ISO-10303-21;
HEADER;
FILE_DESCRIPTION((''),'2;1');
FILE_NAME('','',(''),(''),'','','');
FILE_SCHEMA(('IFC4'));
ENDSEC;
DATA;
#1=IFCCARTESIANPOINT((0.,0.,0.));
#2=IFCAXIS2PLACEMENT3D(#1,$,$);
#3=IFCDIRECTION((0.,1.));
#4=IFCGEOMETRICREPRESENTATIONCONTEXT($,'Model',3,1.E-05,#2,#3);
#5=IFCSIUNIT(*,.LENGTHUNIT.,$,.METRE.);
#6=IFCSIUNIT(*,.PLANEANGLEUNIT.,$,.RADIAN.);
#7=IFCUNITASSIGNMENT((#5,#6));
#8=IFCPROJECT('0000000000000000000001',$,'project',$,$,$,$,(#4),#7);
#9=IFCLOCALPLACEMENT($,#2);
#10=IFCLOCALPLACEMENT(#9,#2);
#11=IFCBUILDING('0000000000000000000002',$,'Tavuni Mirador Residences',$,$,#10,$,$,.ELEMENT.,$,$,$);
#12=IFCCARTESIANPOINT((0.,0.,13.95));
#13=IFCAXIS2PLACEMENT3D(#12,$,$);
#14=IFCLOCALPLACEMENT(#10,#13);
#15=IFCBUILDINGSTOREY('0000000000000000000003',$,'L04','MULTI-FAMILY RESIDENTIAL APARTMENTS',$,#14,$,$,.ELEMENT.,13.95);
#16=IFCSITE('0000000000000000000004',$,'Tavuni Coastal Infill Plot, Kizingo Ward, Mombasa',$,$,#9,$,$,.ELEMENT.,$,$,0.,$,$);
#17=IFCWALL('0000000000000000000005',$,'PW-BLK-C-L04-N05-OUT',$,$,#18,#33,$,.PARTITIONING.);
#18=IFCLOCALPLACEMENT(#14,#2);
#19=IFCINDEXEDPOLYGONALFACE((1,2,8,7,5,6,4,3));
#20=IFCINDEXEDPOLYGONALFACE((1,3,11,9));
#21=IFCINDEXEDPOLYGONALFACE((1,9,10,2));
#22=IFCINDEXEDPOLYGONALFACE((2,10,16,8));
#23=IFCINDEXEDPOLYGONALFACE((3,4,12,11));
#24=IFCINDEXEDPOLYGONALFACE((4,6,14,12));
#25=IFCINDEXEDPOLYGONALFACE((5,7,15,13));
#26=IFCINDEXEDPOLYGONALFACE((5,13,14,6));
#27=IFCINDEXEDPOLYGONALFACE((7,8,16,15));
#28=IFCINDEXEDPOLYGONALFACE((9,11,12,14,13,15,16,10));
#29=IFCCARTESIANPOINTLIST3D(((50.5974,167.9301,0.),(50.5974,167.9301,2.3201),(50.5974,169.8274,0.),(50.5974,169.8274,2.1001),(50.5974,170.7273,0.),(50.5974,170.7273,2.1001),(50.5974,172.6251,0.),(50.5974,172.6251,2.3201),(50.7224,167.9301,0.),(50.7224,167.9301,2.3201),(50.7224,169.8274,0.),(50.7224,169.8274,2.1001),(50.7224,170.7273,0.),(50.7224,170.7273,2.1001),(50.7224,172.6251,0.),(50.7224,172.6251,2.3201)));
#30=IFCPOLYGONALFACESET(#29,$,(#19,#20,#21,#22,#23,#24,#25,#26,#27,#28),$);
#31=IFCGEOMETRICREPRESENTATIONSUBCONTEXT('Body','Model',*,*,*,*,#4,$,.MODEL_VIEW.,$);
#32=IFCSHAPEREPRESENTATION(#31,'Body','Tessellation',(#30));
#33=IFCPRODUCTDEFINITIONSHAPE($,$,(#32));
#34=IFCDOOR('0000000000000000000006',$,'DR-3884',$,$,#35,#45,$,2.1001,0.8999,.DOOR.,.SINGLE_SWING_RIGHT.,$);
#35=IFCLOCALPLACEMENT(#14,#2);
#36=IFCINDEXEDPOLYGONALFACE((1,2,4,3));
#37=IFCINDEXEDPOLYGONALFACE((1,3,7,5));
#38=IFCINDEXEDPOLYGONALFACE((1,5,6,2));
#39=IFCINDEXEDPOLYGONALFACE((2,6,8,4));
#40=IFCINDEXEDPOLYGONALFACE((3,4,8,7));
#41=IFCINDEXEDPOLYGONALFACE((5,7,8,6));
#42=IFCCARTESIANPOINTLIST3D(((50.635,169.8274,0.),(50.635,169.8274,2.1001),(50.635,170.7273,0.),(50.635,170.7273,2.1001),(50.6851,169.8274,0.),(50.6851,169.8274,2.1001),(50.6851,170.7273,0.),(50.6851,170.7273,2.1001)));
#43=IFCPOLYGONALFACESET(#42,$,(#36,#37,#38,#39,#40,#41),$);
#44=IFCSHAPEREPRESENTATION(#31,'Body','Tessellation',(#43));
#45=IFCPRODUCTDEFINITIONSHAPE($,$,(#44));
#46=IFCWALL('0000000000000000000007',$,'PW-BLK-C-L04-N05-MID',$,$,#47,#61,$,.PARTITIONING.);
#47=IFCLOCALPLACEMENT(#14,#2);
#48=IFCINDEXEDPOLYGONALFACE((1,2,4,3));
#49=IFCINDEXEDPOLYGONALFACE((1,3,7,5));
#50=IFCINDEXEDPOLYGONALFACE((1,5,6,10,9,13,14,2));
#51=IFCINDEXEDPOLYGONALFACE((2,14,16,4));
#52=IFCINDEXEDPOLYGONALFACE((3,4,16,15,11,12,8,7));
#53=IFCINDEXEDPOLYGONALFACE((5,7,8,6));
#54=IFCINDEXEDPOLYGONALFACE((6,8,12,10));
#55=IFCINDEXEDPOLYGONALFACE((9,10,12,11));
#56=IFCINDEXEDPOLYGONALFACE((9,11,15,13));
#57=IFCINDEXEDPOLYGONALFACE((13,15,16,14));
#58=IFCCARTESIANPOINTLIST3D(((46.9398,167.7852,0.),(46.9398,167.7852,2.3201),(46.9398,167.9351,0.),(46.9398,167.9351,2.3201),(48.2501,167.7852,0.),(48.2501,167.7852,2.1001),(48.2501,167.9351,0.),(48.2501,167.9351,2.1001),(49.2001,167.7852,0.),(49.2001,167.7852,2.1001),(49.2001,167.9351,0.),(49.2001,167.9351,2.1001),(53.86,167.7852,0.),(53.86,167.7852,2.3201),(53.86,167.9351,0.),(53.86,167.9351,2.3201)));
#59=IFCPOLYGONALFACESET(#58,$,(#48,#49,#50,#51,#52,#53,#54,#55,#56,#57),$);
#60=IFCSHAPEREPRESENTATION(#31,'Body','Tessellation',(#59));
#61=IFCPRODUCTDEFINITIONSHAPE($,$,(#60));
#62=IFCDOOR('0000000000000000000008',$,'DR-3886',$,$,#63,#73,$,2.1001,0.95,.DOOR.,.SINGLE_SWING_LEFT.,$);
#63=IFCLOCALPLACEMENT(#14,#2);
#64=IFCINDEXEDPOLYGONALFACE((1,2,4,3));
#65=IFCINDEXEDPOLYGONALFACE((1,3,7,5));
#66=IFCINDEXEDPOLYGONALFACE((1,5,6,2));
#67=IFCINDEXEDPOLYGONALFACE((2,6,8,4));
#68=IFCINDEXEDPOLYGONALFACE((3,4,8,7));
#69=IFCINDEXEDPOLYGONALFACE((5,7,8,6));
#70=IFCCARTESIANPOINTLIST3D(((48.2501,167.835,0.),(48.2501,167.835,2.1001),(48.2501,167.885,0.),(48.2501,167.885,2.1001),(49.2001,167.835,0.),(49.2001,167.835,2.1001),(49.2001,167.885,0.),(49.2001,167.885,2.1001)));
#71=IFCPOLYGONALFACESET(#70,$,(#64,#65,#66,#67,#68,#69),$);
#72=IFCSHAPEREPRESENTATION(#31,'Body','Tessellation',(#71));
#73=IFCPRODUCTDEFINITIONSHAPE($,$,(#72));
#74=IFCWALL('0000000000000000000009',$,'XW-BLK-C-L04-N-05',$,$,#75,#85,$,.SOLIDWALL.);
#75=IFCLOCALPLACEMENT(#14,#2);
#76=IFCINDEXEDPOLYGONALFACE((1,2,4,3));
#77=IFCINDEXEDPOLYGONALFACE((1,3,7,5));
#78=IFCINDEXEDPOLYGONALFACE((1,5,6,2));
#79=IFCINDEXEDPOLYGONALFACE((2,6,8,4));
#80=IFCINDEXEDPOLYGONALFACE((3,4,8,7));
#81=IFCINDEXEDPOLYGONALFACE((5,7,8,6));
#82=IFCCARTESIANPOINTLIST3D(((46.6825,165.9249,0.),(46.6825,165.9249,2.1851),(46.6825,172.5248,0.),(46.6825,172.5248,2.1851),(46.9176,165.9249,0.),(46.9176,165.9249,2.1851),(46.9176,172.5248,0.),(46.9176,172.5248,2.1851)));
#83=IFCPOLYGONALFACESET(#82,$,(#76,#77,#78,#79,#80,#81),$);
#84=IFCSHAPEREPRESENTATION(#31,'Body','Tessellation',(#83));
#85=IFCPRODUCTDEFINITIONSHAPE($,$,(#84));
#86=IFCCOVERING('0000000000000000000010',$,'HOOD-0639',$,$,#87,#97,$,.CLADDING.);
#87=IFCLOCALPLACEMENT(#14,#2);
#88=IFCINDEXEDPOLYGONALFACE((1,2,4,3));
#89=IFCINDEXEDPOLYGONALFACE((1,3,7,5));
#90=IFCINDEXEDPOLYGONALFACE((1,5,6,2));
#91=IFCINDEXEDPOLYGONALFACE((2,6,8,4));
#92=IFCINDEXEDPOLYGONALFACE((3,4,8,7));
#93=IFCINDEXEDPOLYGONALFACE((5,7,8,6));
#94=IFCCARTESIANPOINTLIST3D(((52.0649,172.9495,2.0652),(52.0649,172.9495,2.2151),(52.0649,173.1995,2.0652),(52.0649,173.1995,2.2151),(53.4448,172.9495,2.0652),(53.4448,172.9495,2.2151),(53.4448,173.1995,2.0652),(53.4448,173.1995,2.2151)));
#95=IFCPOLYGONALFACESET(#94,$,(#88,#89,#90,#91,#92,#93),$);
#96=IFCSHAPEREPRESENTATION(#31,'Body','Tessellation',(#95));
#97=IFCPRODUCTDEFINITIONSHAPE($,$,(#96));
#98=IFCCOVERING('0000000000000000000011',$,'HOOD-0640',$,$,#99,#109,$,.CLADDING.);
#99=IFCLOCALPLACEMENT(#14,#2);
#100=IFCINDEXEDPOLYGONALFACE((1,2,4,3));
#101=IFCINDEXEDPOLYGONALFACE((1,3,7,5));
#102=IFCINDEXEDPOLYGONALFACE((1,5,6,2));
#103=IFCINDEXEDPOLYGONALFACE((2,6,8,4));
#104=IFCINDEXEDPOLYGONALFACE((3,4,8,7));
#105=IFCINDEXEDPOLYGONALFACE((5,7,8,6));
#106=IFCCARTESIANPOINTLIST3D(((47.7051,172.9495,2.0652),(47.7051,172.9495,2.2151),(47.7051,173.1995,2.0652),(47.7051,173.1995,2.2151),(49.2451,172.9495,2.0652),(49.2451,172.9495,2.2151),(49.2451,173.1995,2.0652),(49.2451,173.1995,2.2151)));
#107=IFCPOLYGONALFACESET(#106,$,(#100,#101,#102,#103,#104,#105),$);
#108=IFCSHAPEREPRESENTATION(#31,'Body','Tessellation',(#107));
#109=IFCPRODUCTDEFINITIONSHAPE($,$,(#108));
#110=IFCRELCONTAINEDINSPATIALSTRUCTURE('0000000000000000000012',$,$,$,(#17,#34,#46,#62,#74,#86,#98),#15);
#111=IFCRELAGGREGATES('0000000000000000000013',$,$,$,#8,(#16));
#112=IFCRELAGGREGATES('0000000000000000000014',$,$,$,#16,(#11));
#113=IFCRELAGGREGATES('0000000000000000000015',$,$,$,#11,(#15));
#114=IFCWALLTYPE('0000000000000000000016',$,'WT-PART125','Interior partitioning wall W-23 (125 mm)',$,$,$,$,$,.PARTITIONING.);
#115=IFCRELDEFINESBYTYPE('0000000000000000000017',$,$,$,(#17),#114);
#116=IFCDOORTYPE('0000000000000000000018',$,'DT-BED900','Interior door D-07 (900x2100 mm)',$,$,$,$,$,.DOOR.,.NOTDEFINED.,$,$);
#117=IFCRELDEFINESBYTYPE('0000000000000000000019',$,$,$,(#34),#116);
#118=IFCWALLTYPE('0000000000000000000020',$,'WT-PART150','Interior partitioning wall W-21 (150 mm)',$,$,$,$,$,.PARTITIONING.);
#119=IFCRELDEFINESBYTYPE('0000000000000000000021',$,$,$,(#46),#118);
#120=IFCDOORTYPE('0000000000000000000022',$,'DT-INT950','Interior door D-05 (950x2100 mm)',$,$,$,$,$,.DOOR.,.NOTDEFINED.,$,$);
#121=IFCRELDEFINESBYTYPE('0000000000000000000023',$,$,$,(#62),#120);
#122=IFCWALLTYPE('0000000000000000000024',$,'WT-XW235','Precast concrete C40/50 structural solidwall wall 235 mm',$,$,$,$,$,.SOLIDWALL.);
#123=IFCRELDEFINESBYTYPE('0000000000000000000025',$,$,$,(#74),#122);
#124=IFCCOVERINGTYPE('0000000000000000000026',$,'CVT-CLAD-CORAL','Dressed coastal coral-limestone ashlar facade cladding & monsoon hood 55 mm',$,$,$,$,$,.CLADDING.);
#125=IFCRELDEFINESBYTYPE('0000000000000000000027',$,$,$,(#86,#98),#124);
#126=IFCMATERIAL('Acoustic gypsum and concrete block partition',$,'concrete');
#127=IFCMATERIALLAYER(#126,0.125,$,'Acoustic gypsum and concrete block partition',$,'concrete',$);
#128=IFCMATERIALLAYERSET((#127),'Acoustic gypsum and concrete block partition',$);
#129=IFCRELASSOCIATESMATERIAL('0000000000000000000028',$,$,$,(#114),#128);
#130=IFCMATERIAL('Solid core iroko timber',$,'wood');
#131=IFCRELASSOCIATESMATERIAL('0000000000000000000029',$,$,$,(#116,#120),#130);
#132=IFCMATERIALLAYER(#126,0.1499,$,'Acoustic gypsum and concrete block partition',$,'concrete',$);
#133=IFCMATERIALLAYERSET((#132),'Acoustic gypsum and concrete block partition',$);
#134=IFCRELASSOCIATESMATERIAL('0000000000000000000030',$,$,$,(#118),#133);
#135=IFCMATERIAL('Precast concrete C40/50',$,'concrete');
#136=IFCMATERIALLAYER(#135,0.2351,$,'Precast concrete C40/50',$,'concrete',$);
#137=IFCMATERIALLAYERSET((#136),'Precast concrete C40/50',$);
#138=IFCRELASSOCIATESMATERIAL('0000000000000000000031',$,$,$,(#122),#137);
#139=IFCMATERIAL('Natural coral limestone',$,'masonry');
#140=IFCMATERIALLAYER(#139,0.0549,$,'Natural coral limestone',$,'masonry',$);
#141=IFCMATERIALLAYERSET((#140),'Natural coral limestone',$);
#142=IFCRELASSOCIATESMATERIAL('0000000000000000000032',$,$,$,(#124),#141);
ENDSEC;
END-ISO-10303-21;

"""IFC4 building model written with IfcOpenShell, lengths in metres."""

from ifc_helpers import new_model, si_unit, direction, frame, frame_2d, origin, origin_2d, place, context, subcontext, project, spatial, rectangle, extrude, material, layer, layer_set, type_object, element, fill, save


model = new_model("IFC4")

# Units and contexts
model_context = context("Model", 3, precision=1e-05, world=origin(), true_north=direction((0.0, 1.0)))
body_context = subcontext(model_context, "Body", "Model", "MODEL_VIEW")
ifc_project = project(units=[si_unit("LENGTHUNIT", "METRE"), si_unit("PLANEANGLEUNIT", "RADIAN")], contexts=[model_context])

# Site, building, storey
site_placement = place(None, origin())
site = spatial("IfcSite", under=ifc_project, at=site_placement, Name="Tavuni Coastal Infill Plot, Kizingo Ward, Mombasa", CompositionType="ELEMENT", RefElevation=0.0)
building_placement = place(site_placement, origin())
building = spatial("IfcBuilding", under=site, at=building_placement, Name="Tavuni Mirador Residences", CompositionType="ELEMENT")
storey_placement = place(building_placement, frame((0.0, 0.0, 13.95)))
storey = spatial("IfcBuildingStorey", under=building, at=storey_placement, Name="L04", Description="MULTI-FAMILY RESIDENTIAL APARTMENTS", CompositionType="ELEMENT", Elevation=13.95)

# Shared definitions
ifc_material_1 = material(Name="Precast concrete C40/50", Category="concrete")

# Shared definitions
ifc_material_2 = material(Name="Solid core iroko timber", Category="wood")

# Walls, openings, doors
ifc_material_3 = material(Name="Acoustic gypsum and concrete block partition", Category="concrete")
ifc_layer_1 = layer(ifc_material_3, 0.125, Name="Acoustic gypsum and concrete block partition", Category="concrete")
ifc_layer_set_1 = layer_set([ifc_layer_1], Name="Acoustic gypsum and concrete block partition")
wall_type_1 = type_object("IfcWallType", Name="WT-PART125", Description="Interior partitioning wall W-23 (125 mm)", PredefinedType="PARTITIONING", material=ifc_layer_set_1)
wall_1_placement = place(storey_placement, frame((50.6599, 167.9299, 0.0), z_axis=(0.0, 0.0, 1.0), x_axis=(0.0, 1.0, 0.0)))
wall_1 = element("IfcWall", 1, at=wall_1_placement, inside=storey, type_object=wall_type_1, Name="PW-BLK-C-L04-N05-OUT", PredefinedType="PARTITIONING", context=body_context, shape_type="SweptSolid", body=[
    extrude(rectangle(XDim=4.6951, YDim=0.125, at=frame_2d((2.3477, 0.0))), origin(), (0.0, 0.0, 1.0), 2.3201),
])
opening_1_placement = place(wall_1_placement, frame((1.8975, 0.0, 0.0)))
opening_1 = element("IfcOpeningElement", 2, at=opening_1_placement, cuts=wall_1, PredefinedType="OPENING", context=body_context, shape_type="SweptSolid", body=[
    extrude(rectangle(XDim=0.8999, YDim=2.1001, at=frame_2d((0.45, 1.05))), frame((0.0, 0.0725, 0.0), z_axis=(0.0, -1.0, 0.0), x_axis=(1.0, 0.0, 0.0)), (0.0, 0.0, 1.0), 0.145),
])
door_type_1 = type_object("IfcDoorType", Name="DT-BED900", Description="Interior door D-07 (900x2100 mm)", OperationType="NOTDEFINED", PredefinedType="DOOR", material=ifc_material_2)
door_1_placement = place(opening_1_placement, origin())
door_1 = element("IfcDoor", 3, at=door_1_placement, inside=storey, type_object=door_type_1, Name="DR-3884", OperationType="SINGLE_SWING_RIGHT", OverallHeight=2.1001, OverallWidth=0.8999, PredefinedType="DOOR", context=body_context, shape_type="SweptSolid", body=[
    extrude(rectangle(XDim=0.8999, YDim=2.1001, at=frame_2d((0.45, 1.05))), frame((0.0, 0.0249, 0.0), z_axis=(0.0, -1.0, 0.0), x_axis=(1.0, 0.0, 0.0)), (0.0, 0.0, 1.0), 0.05),
])
fill(opening_1, door_1)
ifc_layer_2 = layer(ifc_material_3, 0.1499, Name="Acoustic gypsum and concrete block partition", Category="concrete")
ifc_layer_set_2 = layer_set([ifc_layer_2], Name="Acoustic gypsum and concrete block partition")
wall_type_2 = type_object("IfcWallType", Name="WT-PART150", Description="Interior partitioning wall W-21 (150 mm)", PredefinedType="PARTITIONING", material=ifc_layer_set_2)
wall_2_placement = place(storey_placement, frame((46.9399, 167.8601, 0.0), z_axis=(0.0, 0.0, 1.0), x_axis=(1.0, 0.0, 0.0)))
wall_2 = element("IfcWall", 4, at=wall_2_placement, inside=storey, type_object=wall_type_2, Name="PW-BLK-C-L04-N05-MID", PredefinedType="PARTITIONING", context=body_context, shape_type="SweptSolid", body=[
    extrude(rectangle(XDim=6.9202, YDim=0.1499, at=frame_2d((3.46, 0.0))), origin(), (0.0, 0.0, 1.0), 2.3201),
])
opening_2_placement = place(wall_2_placement, frame((1.3101, 0.0, 0.0)))
opening_2 = element("IfcOpeningElement", 5, at=opening_2_placement, cuts=wall_2, PredefinedType="OPENING", context=body_context, shape_type="SweptSolid", body=[
    extrude(rectangle(XDim=0.95, YDim=2.1001, at=frame_2d((0.4751, 1.05))), frame((0.0, 0.085, 0.0), z_axis=(0.0, -1.0, 0.0), x_axis=(1.0, 0.0, 0.0)), (0.0, 0.0, 1.0), 0.1699),
])
door_type_2 = type_object("IfcDoorType", Name="DT-INT950", Description="Interior door D-05 (950x2100 mm)", OperationType="NOTDEFINED", PredefinedType="DOOR", material=ifc_material_2)
door_2_placement = place(opening_2_placement, origin())
door_2 = element("IfcDoor", 6, at=door_2_placement, inside=storey, type_object=door_type_2, Name="DR-3886", OperationType="SINGLE_SWING_LEFT", OverallHeight=2.1001, OverallWidth=0.95, PredefinedType="DOOR", context=body_context, shape_type="SweptSolid", body=[
    extrude(rectangle(XDim=0.95, YDim=2.1001, at=frame_2d((0.4751, 1.05))), frame((0.0, 0.0249, 0.0), z_axis=(0.0, -1.0, 0.0), x_axis=(1.0, 0.0, 0.0)), (0.0, 0.0, 1.0), 0.05),
])
fill(opening_2, door_2)

# Wall
ifc_layer_3 = layer(ifc_material_1, 0.2351, Name="Precast concrete C40/50", Category="concrete")
ifc_layer_set_3 = layer_set([ifc_layer_3], Name="Precast concrete C40/50")
wall_type_3 = type_object("IfcWallType", Name="WT-XW235", Description="Precast concrete C40/50 structural solidwall wall 235 mm", PredefinedType="SOLIDWALL", material=ifc_layer_set_3)
wall_3_placement = place(storey_placement, frame((46.8, 165.925, 0.0), z_axis=(0.0, 0.0, 1.0), x_axis=(0.0, 1.0, 0.0)))
element("IfcWall", 7, at=wall_3_placement, inside=storey, type_object=wall_type_3, Name="XW-BLK-C-L04-N-05", PredefinedType="SOLIDWALL", context=body_context, shape_type="SweptSolid", body=[
    extrude(rectangle(XDim=6.5999, YDim=0.2351, at=frame_2d((3.2998, 0.0))), origin(), (0.0, 0.0, 1.0), 2.1851),
])

# Coverings
ifc_material_4 = material(Name="Natural coral limestone", Category="masonry")
ifc_layer_4 = layer(ifc_material_4, 0.0549, Name="Natural coral limestone", Category="masonry")
ifc_layer_set_4 = layer_set([ifc_layer_4], Name="Natural coral limestone")
covering_type = type_object("IfcCoveringType", Name="CVT-CLAD-CORAL", Description="Dressed coastal coral-limestone ashlar facade cladding & monsoon hood 55 mm", PredefinedType="CLADDING", material=ifc_layer_set_4)
covering_1_placement = place(storey_placement, frame((52.7549, 173.0745, 2.0652), z_axis=(0.0, 0.0, 1.0), x_axis=(-1.0, 0.0, 0.0)))
element("IfcCovering", 8, at=covering_1_placement, inside=storey, type_object=covering_type, Name="HOOD-0639", PredefinedType="CLADDING", context=body_context, shape_type="SweptSolid", body=[
    extrude(rectangle(XDim=1.3799, YDim=0.25, at=origin_2d()), origin(), (0.0, 0.0, 1.0), 0.1499),
])
covering_2_placement = place(storey_placement, frame((48.4751, 173.0745, 2.0652), z_axis=(0.0, 0.0, 1.0), x_axis=(-1.0, 0.0, 0.0)))
element("IfcCovering", 9, at=covering_2_placement, inside=storey, type_object=covering_type, Name="HOOD-0640", PredefinedType="CLADDING", context=body_context, shape_type="SweptSolid", body=[
    extrude(rectangle(XDim=1.54, YDim=0.25, at=origin_2d()), origin(), (0.0, 0.0, 1.0), 0.1499),
])

save(model, "model.ifc")
